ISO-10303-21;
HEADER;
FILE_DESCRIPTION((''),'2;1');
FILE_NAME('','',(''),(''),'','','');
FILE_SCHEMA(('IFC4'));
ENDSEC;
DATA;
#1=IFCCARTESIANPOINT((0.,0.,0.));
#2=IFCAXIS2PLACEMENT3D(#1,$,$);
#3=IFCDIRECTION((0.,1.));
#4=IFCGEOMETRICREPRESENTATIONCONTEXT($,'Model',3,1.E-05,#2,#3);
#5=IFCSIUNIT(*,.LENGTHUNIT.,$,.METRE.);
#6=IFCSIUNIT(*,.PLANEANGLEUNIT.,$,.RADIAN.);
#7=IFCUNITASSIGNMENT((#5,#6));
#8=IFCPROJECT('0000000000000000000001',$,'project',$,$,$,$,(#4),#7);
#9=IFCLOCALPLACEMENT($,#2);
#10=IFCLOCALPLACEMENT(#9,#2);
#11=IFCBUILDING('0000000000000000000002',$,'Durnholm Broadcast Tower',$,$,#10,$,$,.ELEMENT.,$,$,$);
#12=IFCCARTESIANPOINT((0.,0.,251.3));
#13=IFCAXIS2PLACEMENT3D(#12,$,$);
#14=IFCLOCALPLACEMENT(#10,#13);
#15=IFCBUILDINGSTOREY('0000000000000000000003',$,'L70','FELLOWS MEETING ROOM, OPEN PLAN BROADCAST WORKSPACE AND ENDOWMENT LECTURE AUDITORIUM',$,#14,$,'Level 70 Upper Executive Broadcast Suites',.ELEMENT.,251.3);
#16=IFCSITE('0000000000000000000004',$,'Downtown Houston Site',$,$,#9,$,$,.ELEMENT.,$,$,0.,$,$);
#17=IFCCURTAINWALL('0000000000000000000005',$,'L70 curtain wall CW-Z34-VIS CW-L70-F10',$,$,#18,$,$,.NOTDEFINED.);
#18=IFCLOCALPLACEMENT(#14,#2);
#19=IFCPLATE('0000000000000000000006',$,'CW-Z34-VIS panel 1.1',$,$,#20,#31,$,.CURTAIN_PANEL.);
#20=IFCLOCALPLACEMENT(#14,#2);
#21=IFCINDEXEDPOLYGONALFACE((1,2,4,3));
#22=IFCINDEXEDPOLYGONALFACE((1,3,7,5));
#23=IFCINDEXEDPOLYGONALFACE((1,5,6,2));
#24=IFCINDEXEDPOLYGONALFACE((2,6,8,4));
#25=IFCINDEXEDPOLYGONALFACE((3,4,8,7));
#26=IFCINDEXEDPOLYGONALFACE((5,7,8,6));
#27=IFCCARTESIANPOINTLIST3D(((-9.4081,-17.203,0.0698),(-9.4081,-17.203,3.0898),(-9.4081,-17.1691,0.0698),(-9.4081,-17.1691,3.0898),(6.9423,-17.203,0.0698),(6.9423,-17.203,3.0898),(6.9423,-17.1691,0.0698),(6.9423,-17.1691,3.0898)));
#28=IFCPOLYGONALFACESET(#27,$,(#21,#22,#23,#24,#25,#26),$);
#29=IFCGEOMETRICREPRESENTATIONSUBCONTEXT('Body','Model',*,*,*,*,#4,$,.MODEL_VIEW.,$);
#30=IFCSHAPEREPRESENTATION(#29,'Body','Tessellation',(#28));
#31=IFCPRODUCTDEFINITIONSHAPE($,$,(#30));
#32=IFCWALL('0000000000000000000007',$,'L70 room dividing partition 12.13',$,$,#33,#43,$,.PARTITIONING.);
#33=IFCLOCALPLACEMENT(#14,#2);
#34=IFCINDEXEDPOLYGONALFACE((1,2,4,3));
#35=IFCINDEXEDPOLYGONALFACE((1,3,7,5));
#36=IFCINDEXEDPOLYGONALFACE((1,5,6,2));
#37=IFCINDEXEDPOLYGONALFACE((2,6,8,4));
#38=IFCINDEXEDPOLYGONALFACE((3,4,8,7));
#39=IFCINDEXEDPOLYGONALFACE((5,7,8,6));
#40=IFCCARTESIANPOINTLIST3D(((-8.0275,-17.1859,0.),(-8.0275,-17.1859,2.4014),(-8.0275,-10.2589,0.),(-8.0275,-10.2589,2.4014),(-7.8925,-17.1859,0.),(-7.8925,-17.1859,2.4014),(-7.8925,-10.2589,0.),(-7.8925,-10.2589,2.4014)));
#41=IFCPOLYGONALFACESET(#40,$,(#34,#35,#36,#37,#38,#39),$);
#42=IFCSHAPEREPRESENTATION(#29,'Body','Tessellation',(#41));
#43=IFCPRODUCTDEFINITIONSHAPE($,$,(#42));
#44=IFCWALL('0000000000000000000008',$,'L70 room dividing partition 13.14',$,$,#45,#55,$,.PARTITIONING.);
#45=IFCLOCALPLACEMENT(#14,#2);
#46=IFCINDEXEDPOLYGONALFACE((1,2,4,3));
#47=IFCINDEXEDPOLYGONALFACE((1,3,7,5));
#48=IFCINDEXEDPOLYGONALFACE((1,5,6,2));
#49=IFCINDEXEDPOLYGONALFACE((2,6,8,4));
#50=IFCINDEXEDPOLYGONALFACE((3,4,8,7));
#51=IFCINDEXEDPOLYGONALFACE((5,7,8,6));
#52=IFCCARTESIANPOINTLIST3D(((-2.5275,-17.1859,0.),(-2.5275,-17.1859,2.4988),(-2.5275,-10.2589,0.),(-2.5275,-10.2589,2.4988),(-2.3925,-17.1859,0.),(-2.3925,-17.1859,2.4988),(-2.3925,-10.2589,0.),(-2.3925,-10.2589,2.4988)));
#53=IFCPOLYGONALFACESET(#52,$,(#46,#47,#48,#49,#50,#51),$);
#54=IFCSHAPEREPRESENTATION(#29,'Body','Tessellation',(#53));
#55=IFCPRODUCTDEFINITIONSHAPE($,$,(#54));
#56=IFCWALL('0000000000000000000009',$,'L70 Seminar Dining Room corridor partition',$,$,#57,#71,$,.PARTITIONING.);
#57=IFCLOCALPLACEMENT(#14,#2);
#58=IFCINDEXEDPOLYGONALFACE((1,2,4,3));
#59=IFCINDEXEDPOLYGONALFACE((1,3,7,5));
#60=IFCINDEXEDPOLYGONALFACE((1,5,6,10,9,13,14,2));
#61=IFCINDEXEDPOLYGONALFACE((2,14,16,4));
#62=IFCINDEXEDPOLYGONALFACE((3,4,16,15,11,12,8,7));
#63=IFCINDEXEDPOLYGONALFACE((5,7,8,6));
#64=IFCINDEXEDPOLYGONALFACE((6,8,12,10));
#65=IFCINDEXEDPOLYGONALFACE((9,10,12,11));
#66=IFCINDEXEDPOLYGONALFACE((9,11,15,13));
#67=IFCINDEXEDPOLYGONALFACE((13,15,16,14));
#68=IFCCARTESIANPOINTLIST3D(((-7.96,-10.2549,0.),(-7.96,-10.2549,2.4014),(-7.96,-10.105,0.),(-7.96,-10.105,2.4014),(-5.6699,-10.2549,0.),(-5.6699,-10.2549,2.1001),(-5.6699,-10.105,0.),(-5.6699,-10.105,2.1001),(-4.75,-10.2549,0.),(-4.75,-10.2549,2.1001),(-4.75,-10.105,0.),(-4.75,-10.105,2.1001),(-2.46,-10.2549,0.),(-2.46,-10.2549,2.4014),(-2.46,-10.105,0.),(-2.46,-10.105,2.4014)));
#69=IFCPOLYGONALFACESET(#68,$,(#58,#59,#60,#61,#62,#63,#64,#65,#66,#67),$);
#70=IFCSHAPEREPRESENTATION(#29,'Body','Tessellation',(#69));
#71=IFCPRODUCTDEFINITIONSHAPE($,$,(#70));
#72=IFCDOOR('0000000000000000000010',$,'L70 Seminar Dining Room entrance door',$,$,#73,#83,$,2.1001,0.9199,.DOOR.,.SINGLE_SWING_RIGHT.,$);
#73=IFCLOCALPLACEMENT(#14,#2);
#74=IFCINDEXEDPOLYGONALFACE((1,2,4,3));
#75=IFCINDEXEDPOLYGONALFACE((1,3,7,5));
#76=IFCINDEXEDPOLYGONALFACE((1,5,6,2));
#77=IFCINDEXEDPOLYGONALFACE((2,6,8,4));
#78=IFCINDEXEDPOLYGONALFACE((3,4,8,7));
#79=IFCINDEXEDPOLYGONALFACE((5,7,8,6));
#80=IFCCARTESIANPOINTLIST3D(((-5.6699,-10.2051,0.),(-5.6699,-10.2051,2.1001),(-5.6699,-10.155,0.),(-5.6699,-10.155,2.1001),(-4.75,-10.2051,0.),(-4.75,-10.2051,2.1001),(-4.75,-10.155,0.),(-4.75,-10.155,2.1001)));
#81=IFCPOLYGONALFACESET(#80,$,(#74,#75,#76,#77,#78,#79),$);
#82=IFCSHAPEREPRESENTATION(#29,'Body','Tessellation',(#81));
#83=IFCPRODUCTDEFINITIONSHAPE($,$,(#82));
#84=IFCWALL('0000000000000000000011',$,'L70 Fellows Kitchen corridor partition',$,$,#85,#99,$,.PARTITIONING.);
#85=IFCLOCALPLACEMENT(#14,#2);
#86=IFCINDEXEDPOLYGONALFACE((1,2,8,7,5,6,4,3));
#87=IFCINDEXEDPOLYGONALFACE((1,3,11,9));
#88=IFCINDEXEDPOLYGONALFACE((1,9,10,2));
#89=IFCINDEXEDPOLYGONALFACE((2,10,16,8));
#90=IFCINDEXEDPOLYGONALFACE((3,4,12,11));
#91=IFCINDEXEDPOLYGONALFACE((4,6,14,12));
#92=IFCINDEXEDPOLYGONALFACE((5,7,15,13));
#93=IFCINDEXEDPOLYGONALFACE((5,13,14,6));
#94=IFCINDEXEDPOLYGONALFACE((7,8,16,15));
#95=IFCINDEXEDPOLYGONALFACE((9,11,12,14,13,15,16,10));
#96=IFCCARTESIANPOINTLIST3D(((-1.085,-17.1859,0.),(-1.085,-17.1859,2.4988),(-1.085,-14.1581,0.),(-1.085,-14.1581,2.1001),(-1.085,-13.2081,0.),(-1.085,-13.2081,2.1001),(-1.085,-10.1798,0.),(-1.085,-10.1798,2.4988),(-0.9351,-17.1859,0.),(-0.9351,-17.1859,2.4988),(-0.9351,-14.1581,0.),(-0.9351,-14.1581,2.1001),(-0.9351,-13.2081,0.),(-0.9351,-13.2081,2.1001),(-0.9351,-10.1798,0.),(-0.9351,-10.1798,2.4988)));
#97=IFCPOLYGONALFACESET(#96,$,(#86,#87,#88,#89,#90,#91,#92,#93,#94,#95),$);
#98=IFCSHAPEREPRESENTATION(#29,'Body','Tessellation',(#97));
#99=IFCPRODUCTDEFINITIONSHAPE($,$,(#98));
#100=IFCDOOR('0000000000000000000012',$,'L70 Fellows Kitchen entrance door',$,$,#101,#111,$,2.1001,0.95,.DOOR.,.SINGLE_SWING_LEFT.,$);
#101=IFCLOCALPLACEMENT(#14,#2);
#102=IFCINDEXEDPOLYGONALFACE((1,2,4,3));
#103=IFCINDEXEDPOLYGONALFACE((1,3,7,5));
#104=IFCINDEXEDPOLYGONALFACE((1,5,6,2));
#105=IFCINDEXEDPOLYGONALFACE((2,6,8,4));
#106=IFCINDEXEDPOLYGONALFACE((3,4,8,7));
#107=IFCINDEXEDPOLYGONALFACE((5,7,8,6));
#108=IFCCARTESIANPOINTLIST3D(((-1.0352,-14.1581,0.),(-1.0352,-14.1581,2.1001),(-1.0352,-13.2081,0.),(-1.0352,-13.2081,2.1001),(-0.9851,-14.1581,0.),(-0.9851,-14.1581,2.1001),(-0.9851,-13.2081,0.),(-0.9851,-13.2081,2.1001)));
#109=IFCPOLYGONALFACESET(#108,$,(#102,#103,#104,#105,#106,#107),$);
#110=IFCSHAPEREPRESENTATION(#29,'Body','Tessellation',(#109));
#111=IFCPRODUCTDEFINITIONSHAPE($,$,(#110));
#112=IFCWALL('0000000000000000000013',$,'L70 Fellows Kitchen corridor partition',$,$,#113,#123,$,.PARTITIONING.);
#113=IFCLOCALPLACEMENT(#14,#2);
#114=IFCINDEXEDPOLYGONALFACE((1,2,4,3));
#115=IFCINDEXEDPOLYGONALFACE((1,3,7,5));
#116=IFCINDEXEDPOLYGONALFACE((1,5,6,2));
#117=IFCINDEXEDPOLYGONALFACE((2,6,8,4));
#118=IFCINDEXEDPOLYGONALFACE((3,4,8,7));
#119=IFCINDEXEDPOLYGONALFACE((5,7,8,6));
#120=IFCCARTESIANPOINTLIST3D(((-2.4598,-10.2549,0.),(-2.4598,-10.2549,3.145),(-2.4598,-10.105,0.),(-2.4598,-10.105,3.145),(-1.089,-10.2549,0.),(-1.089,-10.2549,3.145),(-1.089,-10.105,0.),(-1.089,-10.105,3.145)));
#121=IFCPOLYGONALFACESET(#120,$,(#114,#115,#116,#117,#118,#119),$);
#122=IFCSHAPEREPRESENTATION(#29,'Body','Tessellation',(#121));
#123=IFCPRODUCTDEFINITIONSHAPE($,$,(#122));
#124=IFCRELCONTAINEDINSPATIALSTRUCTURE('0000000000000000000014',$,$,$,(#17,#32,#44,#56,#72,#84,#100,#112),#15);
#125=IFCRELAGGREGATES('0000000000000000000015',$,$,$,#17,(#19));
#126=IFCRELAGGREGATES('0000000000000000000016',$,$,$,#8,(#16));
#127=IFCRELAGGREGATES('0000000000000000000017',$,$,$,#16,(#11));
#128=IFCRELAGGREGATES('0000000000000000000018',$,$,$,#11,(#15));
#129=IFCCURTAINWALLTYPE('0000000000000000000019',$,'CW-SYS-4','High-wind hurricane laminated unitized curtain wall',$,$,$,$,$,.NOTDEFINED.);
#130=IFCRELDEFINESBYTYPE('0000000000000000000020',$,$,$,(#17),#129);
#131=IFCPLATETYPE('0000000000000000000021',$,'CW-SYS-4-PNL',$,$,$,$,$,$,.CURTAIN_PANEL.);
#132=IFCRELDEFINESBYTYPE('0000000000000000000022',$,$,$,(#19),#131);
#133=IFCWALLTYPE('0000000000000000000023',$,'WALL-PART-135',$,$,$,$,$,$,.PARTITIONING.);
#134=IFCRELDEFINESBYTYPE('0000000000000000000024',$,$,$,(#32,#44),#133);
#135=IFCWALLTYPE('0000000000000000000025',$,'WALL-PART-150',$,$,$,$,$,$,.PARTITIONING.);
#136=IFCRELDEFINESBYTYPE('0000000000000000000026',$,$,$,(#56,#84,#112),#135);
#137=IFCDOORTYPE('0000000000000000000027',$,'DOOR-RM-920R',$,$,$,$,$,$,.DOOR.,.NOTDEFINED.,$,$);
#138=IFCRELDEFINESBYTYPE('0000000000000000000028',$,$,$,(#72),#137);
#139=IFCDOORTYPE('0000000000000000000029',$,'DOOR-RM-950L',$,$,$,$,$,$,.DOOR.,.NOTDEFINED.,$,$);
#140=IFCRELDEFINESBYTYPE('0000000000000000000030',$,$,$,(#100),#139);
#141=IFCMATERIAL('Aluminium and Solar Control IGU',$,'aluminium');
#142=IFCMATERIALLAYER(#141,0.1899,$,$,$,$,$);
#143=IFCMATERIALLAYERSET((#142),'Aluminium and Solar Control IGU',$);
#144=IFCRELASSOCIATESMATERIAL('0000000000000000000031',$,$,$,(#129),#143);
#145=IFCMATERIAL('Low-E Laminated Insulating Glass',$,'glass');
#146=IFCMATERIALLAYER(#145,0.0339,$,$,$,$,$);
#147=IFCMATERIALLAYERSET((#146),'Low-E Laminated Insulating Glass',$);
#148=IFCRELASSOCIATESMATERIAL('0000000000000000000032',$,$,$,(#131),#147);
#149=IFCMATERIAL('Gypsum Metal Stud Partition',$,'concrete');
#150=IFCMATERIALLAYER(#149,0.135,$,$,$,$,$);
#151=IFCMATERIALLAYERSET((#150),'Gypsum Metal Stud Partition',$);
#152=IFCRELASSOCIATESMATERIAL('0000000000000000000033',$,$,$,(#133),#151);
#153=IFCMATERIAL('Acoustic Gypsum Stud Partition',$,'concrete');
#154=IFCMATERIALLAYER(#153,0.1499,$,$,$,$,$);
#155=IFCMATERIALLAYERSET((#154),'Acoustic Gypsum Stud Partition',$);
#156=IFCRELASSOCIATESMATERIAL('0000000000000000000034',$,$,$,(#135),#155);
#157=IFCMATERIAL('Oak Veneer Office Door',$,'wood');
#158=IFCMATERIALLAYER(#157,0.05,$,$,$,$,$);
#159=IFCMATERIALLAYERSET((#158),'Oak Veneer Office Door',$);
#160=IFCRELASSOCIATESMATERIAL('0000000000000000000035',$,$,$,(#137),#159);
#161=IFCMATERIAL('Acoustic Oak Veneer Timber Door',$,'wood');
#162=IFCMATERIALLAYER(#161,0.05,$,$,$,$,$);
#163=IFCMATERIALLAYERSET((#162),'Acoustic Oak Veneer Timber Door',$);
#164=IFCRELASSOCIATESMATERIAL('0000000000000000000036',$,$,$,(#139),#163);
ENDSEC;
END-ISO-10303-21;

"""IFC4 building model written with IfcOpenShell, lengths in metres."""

from ifc_helpers import new_model, si_unit, direction, frame, frame_2d, origin, origin_2d, place, context, subcontext, project, spatial, rectangle, extrude, source, transform, mapped, material, layer, layer_set, type_object, type_shapes, element, fill, aggregate, save


model = new_model("IFC4")

# Units and contexts
model_context = context("Model", 3, precision=1e-05, world=origin(), true_north=direction((0.0, 1.0)))
body_context = subcontext(model_context, "Body", "Model", "MODEL_VIEW")
ifc_project = project(units=[si_unit("LENGTHUNIT", "METRE"), si_unit("PLANEANGLEUNIT", "RADIAN")], contexts=[model_context])

# Site, building, storey
site_placement = place(None, origin())
site = spatial("IfcSite", under=ifc_project, at=site_placement, Name="Downtown Houston Site", CompositionType="ELEMENT", RefElevation=0.0)
building_placement = place(site_placement, origin())
building = spatial("IfcBuilding", under=site, at=building_placement, Name="Durnholm Broadcast Tower", CompositionType="ELEMENT")
storey_placement = place(building_placement, frame((0.0, 0.0, 251.3)))
storey = spatial("IfcBuildingStorey", under=building, at=storey_placement, Name="L70", Description="FELLOWS MEETING ROOM, OPEN PLAN BROADCAST WORKSPACE AND ENDOWMENT LECTURE AUDITORIUM", LongName="Level 70 Upper Executive Broadcast Suites", CompositionType="ELEMENT", Elevation=251.3)

# Shared definitions
ifc_material_1 = material(Name="Aluminium and Solar Control IGU", Category="aluminium")

# Curtain wall, plate
ifc_layer_1 = layer(ifc_material_1, 0.1899)
ifc_layer_set_1 = layer_set([ifc_layer_1], Name="Aluminium and Solar Control IGU")
curtain_wall_type_1 = type_object("IfcCurtainWallType", Name="CW-SYS-4", Description="High-wind hurricane laminated unitized curtain wall", PredefinedType="NOTDEFINED", material=ifc_layer_set_1)
curtain_wall_1_placement = place(storey_placement, origin())
curtain_wall_1 = element("IfcCurtainWall", 1, at=curtain_wall_1_placement, inside=storey, type_object=curtain_wall_type_1, Name="L70 curtain wall CW-Z34-VIS CW-L70-F10", PredefinedType="NOTDEFINED")
ifc_material_2 = material(Name="Low-E Laminated Insulating Glass", Category="glass")
ifc_layer_2 = layer(ifc_material_2, 0.0339)
ifc_layer_set_2 = layer_set([ifc_layer_2], Name="Low-E Laminated Insulating Glass")
plate_type = type_object("IfcPlateType", Name="CW-SYS-4-PNL", PredefinedType="CURTAIN_PANEL", material=ifc_layer_set_2)
shared_shape_1 = source(origin(), body_context, "Body", "SweptSolid", [
    extrude(rectangle(XDim=16.3503, YDim=0.0339, at=origin_2d()), origin(), (0.0, 0.0, 1.0), 3.02),
])
type_shapes(plate_type, [shared_shape_1])
plate_placement = place(storey_placement, frame((-1.2329, -17.186, 0.0698), z_axis=(0.0, 0.0, 1.0), x_axis=(-1.0, 0.0, 0.0)))
plate = element("IfcPlate", 2, at=plate_placement, type_object=plate_type, Name="CW-Z34-VIS panel 1.1", PredefinedType="CURTAIN_PANEL", context=body_context, shape_type="MappedRepresentation", body=[
    mapped(shared_shape_1, transform((0.0, 0.0, 0.0), x_axis=(1.0, 0.0, 0.0), y_axis=(0.0, 1.0, 0.0), z_axis=(0.0, 0.0, 1.0), scale=1.0)),
])
aggregate(curtain_wall_1, [plate])

# Walls
ifc_material_3 = material(Name="Gypsum Metal Stud Partition", Category="concrete")
ifc_layer_3 = layer(ifc_material_3, 0.135)
ifc_layer_set_3 = layer_set([ifc_layer_3], Name="Gypsum Metal Stud Partition")
wall_type_1 = type_object("IfcWallType", Name="WALL-PART-135", PredefinedType="PARTITIONING", material=ifc_layer_set_3)
wall_1_placement = place(storey_placement, frame((-7.96, -10.259, 0.0), z_axis=(0.0, 0.0, 1.0), x_axis=(0.0, -1.0, 0.0)))
element("IfcWall", 3, at=wall_1_placement, inside=storey, type_object=wall_type_1, Name="L70 room dividing partition 12.13", PredefinedType="PARTITIONING", context=body_context, shape_type="SweptSolid", body=[
    extrude(rectangle(XDim=6.927, YDim=0.135, at=frame_2d((3.4634, 0.0))), origin(), (0.0, 0.0, 1.0), 2.4014),
])
wall_2_placement = place(storey_placement, frame((-2.46, -10.259, 0.0), z_axis=(0.0, 0.0, 1.0), x_axis=(0.0, -1.0, 0.0)))
element("IfcWall", 4, at=wall_2_placement, inside=storey, type_object=wall_type_1, Name="L70 room dividing partition 13.14", PredefinedType="PARTITIONING", context=body_context, shape_type="SweptSolid", body=[
    extrude(rectangle(XDim=6.927, YDim=0.135, at=frame_2d((3.4634, 0.0))), origin(), (0.0, 0.0, 1.0), 2.4988),
])

# Walls, openings, doors
ifc_material_4 = material(Name="Acoustic Gypsum Stud Partition", Category="concrete")
ifc_layer_4 = layer(ifc_material_4, 0.1499)
ifc_layer_set_4 = layer_set([ifc_layer_4], Name="Acoustic Gypsum Stud Partition")
wall_type_2 = type_object("IfcWallType", Name="WALL-PART-150", PredefinedType="PARTITIONING", material=ifc_layer_set_4)
wall_3_placement = place(storey_placement, frame((-7.96, -10.1799, 0.0), z_axis=(0.0, 0.0, 1.0), x_axis=(1.0, 0.0, 0.0)))
wall_3 = element("IfcWall", 5, at=wall_3_placement, inside=storey, type_object=wall_type_2, Name="L70 Seminar Dining Room corridor partition", PredefinedType="PARTITIONING", context=body_context, shape_type="SweptSolid", body=[
    extrude(rectangle(XDim=5.5, YDim=0.1499, at=frame_2d((2.75, 0.0))), origin(), (0.0, 0.0, 1.0), 2.4014),
])
opening_1_placement = place(wall_3_placement, frame((2.29, 0.0, 0.0)))
opening_1 = element("IfcOpeningElement", 6, at=opening_1_placement, cuts=wall_3, PredefinedType="OPENING", context=body_context, shape_type="SweptSolid", body=[
    extrude(rectangle(XDim=0.9199, YDim=2.1001, at=frame_2d((0.46, 1.05))), frame((0.0, 0.085, 0.0), z_axis=(0.0, -1.0, 0.0), x_axis=(1.0, 0.0, 0.0)), (0.0, 0.0, 1.0), 0.1699),
])
ifc_material_5 = material(Name="Oak Veneer Office Door", Category="wood")
ifc_layer_5 = layer(ifc_material_5, 0.05)
ifc_layer_set_5 = layer_set([ifc_layer_5], Name="Oak Veneer Office Door")
door_type_1 = type_object("IfcDoorType", Name="DOOR-RM-920R", OperationType="NOTDEFINED", PredefinedType="DOOR", material=ifc_layer_set_5)
shared_shape_2 = source(origin(), body_context, "Body", "SweptSolid", [
    extrude(rectangle(XDim=0.9199, YDim=2.1001, at=frame_2d((0.46, 1.05))), frame((0.0, 0.0249, 0.0), z_axis=(0.0, -1.0, 0.0), x_axis=(1.0, 0.0, 0.0)), (0.0, 0.0, 1.0), 0.05),
])
type_shapes(door_type_1, [shared_shape_2])
door_1_placement = place(opening_1_placement, origin())
door_1 = element("IfcDoor", 7, at=door_1_placement, inside=storey, type_object=door_type_1, Name="L70 Seminar Dining Room entrance door", OperationType="SINGLE_SWING_RIGHT", OverallHeight=2.1001, OverallWidth=0.9199, PredefinedType="DOOR", context=body_context, shape_type="MappedRepresentation", body=[
    mapped(shared_shape_2, transform((0.0, 0.0, 0.0), x_axis=(1.0, 0.0, 0.0), y_axis=(0.0, 1.0, 0.0), z_axis=(0.0, 0.0, 1.0), scale=1.0)),
])
fill(opening_1, door_1)
wall_4_placement = place(storey_placement, frame((-1.01, -10.1799, 0.0), z_axis=(0.0, 0.0, 1.0), x_axis=(0.0, -1.0, 0.0)))
wall_4 = element("IfcWall", 8, at=wall_4_placement, inside=storey, type_object=wall_type_2, Name="L70 Fellows Kitchen corridor partition", PredefinedType="PARTITIONING", context=body_context, shape_type="SweptSolid", body=[
    extrude(rectangle(XDim=7.0061, YDim=0.1499, at=frame_2d((3.5029, 0.0))), origin(), (0.0, 0.0, 1.0), 2.4988),
])
opening_2_placement = place(wall_4_placement, frame((3.0281, 0.0, 0.0)))
opening_2 = element("IfcOpeningElement", 9, at=opening_2_placement, cuts=wall_4, PredefinedType="OPENING", context=body_context, shape_type="SweptSolid", body=[
    extrude(rectangle(XDim=0.95, YDim=2.1001, at=frame_2d((0.4751, 1.05))), frame((0.0, 0.085, 0.0), z_axis=(0.0, -1.0, 0.0), x_axis=(1.0, 0.0, 0.0)), (0.0, 0.0, 1.0), 0.1699),
])
ifc_material_6 = material(Name="Acoustic Oak Veneer Timber Door", Category="wood")
ifc_layer_6 = layer(ifc_material_6, 0.05)
ifc_layer_set_6 = layer_set([ifc_layer_6], Name="Acoustic Oak Veneer Timber Door")
door_type_2 = type_object("IfcDoorType", Name="DOOR-RM-950L", OperationType="NOTDEFINED", PredefinedType="DOOR", material=ifc_layer_set_6)
shared_shape_3 = source(origin(), body_context, "Body", "SweptSolid", [
    extrude(rectangle(XDim=0.95, YDim=2.1001, at=frame_2d((0.4751, 1.05))), frame((0.0, 0.0249, 0.0), z_axis=(0.0, -1.0, 0.0), x_axis=(1.0, 0.0, 0.0)), (0.0, 0.0, 1.0), 0.05),
])
type_shapes(door_type_2, [shared_shape_3])
door_2_placement = place(opening_2_placement, origin())
door_2 = element("IfcDoor", 10, at=door_2_placement, inside=storey, type_object=door_type_2, Name="L70 Fellows Kitchen entrance door", OperationType="SINGLE_SWING_LEFT", OverallHeight=2.1001, OverallWidth=0.95, PredefinedType="DOOR", context=body_context, shape_type="MappedRepresentation", body=[
    mapped(shared_shape_3, transform((0.0, 0.0, 0.0), x_axis=(1.0, 0.0, 0.0), y_axis=(0.0, 1.0, 0.0), z_axis=(0.0, 0.0, 1.0), scale=1.0)),
])
fill(opening_2, door_2)

# Wall
wall_5_placement = place(storey_placement, frame((-2.46, -10.1799, 0.0), z_axis=(0.0, 0.0, 1.0), x_axis=(1.0, 0.0, 0.0)))
element("IfcWall", 11, at=wall_5_placement, inside=storey, type_object=wall_type_2, Name="L70 Fellows Kitchen corridor partition", PredefinedType="PARTITIONING", context=body_context, shape_type="SweptSolid", body=[
    extrude(rectangle(XDim=1.3708, YDim=0.1499, at=frame_2d((0.6855, 0.0))), origin(), (0.0, 0.0, 1.0), 3.145),
])

save(model, "model.ifc")
